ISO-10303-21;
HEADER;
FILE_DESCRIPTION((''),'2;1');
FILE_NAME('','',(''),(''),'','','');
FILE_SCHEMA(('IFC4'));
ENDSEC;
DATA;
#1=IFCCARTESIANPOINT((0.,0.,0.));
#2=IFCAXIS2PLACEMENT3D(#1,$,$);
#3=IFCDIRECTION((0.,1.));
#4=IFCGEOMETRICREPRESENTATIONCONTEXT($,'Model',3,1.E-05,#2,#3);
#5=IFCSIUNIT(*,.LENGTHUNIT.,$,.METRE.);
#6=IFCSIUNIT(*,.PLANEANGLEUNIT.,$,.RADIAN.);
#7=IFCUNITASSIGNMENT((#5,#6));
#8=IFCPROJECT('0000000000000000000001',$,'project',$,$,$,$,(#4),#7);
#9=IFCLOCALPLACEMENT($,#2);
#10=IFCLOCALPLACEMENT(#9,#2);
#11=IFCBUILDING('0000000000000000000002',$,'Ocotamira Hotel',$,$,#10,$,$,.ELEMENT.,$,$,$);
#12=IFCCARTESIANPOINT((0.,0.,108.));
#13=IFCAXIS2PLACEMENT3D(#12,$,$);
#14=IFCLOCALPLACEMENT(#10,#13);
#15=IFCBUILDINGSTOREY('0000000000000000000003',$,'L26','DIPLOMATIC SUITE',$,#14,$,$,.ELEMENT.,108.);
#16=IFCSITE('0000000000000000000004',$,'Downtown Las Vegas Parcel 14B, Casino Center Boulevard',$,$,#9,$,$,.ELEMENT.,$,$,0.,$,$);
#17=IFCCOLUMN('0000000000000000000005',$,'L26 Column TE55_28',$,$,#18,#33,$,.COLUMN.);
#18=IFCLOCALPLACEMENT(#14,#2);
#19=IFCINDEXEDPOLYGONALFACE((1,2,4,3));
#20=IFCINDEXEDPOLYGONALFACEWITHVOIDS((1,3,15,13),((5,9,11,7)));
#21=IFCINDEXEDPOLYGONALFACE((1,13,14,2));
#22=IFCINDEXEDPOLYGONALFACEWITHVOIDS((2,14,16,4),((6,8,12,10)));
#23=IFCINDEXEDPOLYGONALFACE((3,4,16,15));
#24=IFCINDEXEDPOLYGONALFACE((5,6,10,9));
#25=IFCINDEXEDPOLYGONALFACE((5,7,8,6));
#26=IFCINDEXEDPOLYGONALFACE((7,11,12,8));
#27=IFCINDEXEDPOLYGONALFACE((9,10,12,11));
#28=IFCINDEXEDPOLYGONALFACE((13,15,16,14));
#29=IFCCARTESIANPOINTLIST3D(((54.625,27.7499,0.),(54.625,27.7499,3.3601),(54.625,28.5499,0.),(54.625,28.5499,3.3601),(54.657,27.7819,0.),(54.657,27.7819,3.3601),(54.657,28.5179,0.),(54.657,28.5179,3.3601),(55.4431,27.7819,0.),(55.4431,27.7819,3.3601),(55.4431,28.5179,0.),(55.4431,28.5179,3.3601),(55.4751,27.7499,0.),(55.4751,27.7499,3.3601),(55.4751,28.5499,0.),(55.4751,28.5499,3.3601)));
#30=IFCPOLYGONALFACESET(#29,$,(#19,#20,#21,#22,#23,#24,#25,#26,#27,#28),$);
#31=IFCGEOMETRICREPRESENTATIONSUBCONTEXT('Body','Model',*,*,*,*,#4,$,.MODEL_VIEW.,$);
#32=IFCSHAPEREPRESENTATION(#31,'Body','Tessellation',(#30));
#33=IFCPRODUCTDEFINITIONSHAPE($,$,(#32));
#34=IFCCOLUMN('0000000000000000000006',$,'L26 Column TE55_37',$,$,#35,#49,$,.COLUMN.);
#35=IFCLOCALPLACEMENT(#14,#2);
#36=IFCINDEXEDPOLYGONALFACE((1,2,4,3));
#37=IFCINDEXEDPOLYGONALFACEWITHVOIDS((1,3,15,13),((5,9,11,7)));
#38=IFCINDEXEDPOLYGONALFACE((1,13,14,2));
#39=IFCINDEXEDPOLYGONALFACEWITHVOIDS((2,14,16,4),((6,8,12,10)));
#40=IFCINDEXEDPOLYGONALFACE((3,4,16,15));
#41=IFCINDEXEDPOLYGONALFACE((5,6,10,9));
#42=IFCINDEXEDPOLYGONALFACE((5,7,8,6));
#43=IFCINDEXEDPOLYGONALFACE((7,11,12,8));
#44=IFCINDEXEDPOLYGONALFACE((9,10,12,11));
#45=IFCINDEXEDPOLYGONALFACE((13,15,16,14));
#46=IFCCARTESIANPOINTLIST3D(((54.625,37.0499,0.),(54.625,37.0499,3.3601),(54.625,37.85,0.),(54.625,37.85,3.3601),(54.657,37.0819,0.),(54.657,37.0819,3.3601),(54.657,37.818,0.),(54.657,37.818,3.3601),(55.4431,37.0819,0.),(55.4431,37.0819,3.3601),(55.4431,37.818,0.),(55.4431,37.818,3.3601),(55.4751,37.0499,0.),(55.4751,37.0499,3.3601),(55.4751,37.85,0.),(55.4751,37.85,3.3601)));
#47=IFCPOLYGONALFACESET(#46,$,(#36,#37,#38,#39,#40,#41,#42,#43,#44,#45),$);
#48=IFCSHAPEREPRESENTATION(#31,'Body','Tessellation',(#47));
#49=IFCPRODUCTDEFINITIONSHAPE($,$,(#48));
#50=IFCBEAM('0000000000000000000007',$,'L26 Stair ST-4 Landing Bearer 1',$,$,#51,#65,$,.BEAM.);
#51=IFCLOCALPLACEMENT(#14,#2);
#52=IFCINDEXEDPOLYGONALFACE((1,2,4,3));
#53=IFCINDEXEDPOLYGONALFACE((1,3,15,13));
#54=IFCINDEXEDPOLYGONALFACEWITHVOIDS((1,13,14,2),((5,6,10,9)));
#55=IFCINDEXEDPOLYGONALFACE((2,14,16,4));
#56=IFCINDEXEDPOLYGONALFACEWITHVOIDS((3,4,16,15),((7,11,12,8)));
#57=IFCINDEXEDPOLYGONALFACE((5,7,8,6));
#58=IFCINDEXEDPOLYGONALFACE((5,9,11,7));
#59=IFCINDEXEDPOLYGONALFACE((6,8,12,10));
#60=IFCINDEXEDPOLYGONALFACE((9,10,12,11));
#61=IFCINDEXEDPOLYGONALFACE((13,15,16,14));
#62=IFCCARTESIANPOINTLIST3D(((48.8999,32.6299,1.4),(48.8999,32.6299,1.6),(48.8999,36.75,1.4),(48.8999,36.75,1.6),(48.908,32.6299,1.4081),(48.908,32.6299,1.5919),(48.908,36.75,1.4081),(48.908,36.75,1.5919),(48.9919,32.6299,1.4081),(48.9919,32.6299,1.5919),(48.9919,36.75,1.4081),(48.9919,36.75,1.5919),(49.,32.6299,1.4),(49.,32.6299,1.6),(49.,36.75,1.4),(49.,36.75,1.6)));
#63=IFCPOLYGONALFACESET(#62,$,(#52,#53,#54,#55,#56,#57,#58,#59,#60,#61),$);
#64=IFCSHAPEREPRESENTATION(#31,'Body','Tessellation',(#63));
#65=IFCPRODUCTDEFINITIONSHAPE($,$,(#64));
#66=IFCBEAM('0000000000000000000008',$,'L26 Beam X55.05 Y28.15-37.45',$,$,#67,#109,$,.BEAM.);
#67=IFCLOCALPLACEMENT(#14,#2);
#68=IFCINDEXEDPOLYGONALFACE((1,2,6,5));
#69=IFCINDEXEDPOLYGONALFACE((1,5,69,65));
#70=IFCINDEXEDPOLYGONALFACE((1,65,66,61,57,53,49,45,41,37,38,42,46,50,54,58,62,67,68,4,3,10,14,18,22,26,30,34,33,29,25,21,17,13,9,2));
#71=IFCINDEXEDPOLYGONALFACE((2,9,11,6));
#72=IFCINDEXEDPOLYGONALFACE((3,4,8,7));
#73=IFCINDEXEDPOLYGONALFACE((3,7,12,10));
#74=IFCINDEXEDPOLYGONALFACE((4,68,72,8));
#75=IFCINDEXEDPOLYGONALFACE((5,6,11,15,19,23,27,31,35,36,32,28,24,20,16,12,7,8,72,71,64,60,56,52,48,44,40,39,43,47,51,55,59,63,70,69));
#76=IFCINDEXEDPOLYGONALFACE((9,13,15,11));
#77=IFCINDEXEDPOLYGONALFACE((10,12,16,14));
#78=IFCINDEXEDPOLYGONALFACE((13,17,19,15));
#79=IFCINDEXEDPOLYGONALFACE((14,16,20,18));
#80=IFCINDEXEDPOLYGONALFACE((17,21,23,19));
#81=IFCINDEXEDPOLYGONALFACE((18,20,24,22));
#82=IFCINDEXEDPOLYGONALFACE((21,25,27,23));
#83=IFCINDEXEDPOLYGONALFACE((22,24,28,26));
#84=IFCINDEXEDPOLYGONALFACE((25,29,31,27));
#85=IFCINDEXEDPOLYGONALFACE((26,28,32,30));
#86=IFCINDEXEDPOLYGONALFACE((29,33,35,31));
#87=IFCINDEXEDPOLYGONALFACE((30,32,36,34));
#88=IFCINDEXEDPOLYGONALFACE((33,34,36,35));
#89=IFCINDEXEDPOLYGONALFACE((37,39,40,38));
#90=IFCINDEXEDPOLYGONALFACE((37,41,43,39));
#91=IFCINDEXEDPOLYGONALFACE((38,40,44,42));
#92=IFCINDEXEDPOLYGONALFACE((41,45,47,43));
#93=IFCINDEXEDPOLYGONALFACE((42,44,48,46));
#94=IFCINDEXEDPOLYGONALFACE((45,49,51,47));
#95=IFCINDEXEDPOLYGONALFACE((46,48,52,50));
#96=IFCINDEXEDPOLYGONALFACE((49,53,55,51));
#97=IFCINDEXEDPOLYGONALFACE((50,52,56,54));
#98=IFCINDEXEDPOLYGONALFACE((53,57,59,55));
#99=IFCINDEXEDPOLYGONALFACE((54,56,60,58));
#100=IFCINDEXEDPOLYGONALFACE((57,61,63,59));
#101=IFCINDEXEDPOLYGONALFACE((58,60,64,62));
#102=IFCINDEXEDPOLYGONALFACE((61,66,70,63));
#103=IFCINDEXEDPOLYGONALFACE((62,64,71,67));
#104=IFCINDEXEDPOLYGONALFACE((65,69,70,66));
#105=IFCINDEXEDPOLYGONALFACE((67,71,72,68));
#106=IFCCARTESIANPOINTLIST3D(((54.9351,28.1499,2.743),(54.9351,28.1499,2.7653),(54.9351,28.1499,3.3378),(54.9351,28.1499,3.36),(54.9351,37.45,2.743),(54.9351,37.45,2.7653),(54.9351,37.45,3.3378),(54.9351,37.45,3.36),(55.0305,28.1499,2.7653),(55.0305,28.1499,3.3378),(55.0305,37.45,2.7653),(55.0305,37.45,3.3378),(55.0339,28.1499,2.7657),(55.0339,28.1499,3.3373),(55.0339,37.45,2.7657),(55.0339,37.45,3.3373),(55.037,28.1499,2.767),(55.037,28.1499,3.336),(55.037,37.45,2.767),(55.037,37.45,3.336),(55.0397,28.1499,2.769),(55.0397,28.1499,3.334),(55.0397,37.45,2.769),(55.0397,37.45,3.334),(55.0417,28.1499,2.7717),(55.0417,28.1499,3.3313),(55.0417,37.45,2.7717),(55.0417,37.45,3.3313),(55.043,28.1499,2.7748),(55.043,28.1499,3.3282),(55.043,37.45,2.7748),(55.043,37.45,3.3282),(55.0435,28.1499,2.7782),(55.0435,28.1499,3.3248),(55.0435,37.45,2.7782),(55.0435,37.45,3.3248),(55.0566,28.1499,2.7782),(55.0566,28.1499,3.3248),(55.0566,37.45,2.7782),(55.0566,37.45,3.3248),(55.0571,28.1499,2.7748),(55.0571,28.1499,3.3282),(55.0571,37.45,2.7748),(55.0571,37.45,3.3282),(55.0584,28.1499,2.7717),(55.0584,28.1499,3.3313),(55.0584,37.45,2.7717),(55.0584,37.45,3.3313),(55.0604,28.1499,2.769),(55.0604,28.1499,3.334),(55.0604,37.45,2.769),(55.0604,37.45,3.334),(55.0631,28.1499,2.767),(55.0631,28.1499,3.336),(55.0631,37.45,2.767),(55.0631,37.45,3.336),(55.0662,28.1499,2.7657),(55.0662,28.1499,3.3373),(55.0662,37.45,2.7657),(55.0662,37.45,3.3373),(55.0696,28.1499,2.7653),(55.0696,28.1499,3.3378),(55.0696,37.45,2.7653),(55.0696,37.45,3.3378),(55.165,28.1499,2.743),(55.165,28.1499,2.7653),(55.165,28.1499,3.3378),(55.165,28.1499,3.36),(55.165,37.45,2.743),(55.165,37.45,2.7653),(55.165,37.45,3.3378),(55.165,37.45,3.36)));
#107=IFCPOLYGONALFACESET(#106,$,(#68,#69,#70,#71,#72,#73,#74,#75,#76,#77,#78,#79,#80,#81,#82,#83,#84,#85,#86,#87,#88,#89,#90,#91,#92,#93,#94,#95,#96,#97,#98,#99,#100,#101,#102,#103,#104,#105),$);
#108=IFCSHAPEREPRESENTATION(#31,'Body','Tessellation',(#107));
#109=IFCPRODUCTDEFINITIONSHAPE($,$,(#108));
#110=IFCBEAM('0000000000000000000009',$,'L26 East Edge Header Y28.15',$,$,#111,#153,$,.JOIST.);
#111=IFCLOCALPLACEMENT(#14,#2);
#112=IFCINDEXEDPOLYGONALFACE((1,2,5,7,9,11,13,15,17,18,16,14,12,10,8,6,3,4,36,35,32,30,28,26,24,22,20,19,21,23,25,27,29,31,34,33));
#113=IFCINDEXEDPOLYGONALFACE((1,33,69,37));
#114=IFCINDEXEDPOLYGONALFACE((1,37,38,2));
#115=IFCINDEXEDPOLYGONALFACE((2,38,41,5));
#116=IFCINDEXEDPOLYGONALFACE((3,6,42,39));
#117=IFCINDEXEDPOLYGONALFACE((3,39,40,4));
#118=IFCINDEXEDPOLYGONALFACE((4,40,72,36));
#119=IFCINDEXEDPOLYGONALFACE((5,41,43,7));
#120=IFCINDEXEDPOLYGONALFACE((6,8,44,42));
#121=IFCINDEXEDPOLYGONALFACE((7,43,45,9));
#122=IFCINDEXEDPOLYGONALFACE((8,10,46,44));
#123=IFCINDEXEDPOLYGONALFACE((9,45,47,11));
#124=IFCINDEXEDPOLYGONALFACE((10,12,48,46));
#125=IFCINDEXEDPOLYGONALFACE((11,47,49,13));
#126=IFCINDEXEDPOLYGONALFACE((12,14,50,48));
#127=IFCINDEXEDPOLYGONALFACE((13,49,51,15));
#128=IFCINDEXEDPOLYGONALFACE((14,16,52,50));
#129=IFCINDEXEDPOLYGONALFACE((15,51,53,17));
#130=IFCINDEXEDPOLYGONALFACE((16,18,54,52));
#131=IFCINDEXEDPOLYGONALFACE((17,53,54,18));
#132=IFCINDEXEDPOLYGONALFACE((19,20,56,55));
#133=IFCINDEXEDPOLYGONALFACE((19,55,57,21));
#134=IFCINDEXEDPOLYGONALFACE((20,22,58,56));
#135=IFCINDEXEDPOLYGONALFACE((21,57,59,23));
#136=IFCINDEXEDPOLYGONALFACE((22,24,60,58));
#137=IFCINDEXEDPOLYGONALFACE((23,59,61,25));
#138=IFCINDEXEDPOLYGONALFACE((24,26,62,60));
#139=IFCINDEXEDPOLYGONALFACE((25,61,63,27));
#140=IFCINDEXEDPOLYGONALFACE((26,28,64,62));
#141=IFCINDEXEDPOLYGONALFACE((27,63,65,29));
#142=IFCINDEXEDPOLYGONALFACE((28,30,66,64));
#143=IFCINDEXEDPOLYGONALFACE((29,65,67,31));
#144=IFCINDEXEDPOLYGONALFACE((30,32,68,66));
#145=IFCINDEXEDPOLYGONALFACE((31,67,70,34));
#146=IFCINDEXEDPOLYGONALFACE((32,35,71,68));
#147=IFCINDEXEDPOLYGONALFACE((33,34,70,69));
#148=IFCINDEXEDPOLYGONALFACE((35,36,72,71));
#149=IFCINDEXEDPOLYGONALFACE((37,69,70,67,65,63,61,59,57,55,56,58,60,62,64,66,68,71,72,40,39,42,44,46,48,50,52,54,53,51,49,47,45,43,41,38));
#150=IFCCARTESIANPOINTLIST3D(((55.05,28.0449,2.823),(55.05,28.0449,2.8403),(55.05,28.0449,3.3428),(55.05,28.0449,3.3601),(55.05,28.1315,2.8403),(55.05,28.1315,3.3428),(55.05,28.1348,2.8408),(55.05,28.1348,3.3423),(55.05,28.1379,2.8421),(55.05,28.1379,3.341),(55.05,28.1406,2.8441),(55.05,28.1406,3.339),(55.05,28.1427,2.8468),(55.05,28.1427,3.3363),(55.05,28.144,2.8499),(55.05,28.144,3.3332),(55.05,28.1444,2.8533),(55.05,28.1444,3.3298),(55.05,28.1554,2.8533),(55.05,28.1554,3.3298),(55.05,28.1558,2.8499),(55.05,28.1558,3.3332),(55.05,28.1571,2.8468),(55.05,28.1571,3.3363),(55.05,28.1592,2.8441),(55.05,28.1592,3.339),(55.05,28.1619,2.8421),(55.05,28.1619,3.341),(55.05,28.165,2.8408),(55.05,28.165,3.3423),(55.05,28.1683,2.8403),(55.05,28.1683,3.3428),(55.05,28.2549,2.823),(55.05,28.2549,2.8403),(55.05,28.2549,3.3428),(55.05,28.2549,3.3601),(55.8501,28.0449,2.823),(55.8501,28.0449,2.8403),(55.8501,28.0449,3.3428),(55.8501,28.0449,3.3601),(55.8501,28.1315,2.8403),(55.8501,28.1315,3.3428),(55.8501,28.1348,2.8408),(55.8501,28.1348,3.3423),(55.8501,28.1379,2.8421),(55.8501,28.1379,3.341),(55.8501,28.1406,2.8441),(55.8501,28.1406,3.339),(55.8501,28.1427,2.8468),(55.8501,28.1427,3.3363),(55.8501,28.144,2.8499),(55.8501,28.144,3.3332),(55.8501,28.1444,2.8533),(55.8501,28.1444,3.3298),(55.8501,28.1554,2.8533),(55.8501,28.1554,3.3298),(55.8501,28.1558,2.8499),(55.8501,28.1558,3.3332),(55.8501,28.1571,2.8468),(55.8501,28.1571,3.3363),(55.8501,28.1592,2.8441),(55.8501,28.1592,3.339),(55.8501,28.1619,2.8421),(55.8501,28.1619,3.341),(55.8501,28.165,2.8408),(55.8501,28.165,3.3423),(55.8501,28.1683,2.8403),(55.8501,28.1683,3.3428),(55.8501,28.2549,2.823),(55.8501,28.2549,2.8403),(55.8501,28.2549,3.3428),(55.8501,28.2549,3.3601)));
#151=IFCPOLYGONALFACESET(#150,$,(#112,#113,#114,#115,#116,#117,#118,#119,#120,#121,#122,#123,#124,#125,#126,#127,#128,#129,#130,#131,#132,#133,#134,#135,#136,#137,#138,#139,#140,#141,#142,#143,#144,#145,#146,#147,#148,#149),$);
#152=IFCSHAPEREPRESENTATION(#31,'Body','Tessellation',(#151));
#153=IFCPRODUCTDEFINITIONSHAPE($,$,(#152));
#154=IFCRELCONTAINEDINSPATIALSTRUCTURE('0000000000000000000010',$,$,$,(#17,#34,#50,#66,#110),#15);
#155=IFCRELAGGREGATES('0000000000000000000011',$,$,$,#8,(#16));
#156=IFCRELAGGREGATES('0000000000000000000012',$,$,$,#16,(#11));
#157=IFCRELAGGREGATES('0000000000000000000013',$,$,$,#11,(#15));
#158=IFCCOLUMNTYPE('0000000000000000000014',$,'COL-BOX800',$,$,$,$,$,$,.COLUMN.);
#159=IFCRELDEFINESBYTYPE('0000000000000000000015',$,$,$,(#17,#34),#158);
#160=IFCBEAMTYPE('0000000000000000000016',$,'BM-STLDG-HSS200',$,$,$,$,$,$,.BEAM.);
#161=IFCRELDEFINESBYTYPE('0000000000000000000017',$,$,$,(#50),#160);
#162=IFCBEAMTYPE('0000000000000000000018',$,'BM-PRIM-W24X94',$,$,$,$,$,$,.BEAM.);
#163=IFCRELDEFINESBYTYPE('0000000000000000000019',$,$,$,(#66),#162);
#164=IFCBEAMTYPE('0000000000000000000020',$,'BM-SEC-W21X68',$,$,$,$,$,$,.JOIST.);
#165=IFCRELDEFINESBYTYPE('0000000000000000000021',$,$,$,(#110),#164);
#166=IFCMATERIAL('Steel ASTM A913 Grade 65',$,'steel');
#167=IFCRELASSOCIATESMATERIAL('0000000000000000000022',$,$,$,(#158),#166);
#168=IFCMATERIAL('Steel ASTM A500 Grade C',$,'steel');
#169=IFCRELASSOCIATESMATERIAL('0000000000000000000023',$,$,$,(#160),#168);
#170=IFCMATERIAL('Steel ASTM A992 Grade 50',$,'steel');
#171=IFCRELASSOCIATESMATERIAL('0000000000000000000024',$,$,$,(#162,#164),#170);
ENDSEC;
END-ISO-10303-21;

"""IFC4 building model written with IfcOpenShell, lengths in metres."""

from ifc_helpers import new_model, si_unit, direction, frame, origin, origin_2d, place, context, subcontext, project, spatial, hollow_rectangle, i_section, extrude, source, transform, mapped, material, material_profile, profile_set, type_object, element, save


model = new_model("IFC4")

# Units and contexts
model_context = context("Model", 3, precision=1e-05, world=origin(), true_north=direction((0.0, 1.0)))
body_context = subcontext(model_context, "Body", "Model", "MODEL_VIEW")
ifc_project = project(units=[si_unit("LENGTHUNIT", "METRE"), si_unit("PLANEANGLEUNIT", "RADIAN")], contexts=[model_context])

# Site, building, storey
site_placement = place(None, origin())
site = spatial("IfcSite", under=ifc_project, at=site_placement, Name="Downtown Las Vegas Parcel 14B, Casino Center Boulevard", CompositionType="ELEMENT", RefElevation=0.0)
building_placement = place(site_placement, origin())
building = spatial("IfcBuilding", under=site, at=building_placement, Name="Ocotamira Hotel", CompositionType="ELEMENT")
storey_placement = place(building_placement, frame((0.0, 0.0, 108.0)))
storey = spatial("IfcBuildingStorey", under=building, at=storey_placement, Name="L26", Description="DIPLOMATIC SUITE", CompositionType="ELEMENT", Elevation=108.0)

# Columns
ifc_material_1 = material(Name="Steel ASTM A913 Grade 65", Category="steel")
ifc_material_profile_1 = material_profile(ifc_material_1, hollow_rectangle(XDim=0.8501, YDim=0.8, WallThickness=0.032, at=origin_2d()), Name="BOX800X850X32")
ifc_profile_set_1 = profile_set([ifc_material_profile_1], Name="Steel ASTM A913 Grade 65")
column_type = type_object("IfcColumnType", Name="COL-BOX800", PredefinedType="COLUMN", material=ifc_profile_set_1)
shared_shape_1 = source(origin(), body_context, "Body", "SweptSolid", [
    extrude(hollow_rectangle(XDim=0.8501, YDim=0.8, WallThickness=0.032, at=origin_2d()), origin(), (0.0, 0.0, 1.0), 3.3601),
])
for number, where, z_axis, x_axis, name in (
    (1, (55.05, 28.1499, 0.0), (0.0, 0.0, 1.0), (1.0, 0.0, 0.0), "L26 Column TE55_28"),
    (2, (55.05, 37.45, 0.0), (0.0, 0.0, 1.0), (1.0, 0.0, 0.0), "L26 Column TE55_37"),
):
    element("IfcColumn", number, at=place(storey_placement, frame(where, z_axis=z_axis, x_axis=x_axis)), inside=storey, type_object=column_type, Name=name, PredefinedType="COLUMN", context=body_context, shape_type="MappedRepresentation", body=[
        mapped(shared_shape_1, transform((0.0, 0.0, 0.0), scale=1.0)),
    ])

# Beams
ifc_material_2 = material(Name="Steel ASTM A500 Grade C", Category="steel")
ifc_material_profile_2 = material_profile(ifc_material_2, hollow_rectangle(XDim=0.1001, YDim=0.2, WallThickness=0.0081, at=origin_2d()), Name="HSS200X100X8")
ifc_profile_set_2 = profile_set([ifc_material_profile_2], Name="Steel ASTM A500 Grade C")
beam_type_1 = type_object("IfcBeamType", Name="BM-STLDG-HSS200", PredefinedType="BEAM", material=ifc_profile_set_2)
shared_shape_2 = source(origin(), body_context, "Body", "SweptSolid", [
    extrude(hollow_rectangle(XDim=0.1001, YDim=0.2, WallThickness=0.0081, at=origin_2d()), origin(), (0.0, 0.0, 1.0), 4.1201),
])
beam_1_placement = place(storey_placement, frame((48.95, 32.6299, 1.5), z_axis=(0.0, 1.0, 0.0), x_axis=(-1.0, 0.0, 0.0)))
element("IfcBeam", 3, at=beam_1_placement, inside=storey, type_object=beam_type_1, Name="L26 Stair ST-4 Landing Bearer 1", PredefinedType="BEAM", context=body_context, shape_type="MappedRepresentation", body=[
    mapped(shared_shape_2, transform((0.0, 0.0, 0.0), scale=1.0)),
])
ifc_material_3 = material(Name="Steel ASTM A992 Grade 50", Category="steel")
ifc_material_profile_3 = material_profile(ifc_material_3, i_section(OverallWidth=0.23, OverallDepth=0.6169, WebThickness=0.0132, FlangeThickness=0.0222, FilletRadius=0.0129, at=origin_2d()), Name="W24X94")
ifc_profile_set_3 = profile_set([ifc_material_profile_3], Name="Steel ASTM A992 Grade 50")
beam_type_2 = type_object("IfcBeamType", Name="BM-PRIM-W24X94", PredefinedType="BEAM", material=ifc_profile_set_3)
shared_shape_3 = source(origin(), body_context, "Body", "SweptSolid", [
    extrude(i_section(OverallWidth=0.23, OverallDepth=0.6169, WebThickness=0.0132, FlangeThickness=0.0222, FilletRadius=0.0129, at=origin_2d()), origin(), (0.0, 0.0, 1.0), 9.3),
])
beam_2_placement = place(storey_placement, frame((55.05, 28.1499, 3.0515), z_axis=(0.0, 1.0, 0.0), x_axis=(-1.0, 0.0, 0.0)))
element("IfcBeam", 4, at=beam_2_placement, inside=storey, type_object=beam_type_2, Name="L26 Beam X55.05 Y28.15-37.45", PredefinedType="BEAM", context=body_context, shape_type="MappedRepresentation", body=[
    mapped(shared_shape_3, transform((0.0, 0.0, 0.0), scale=1.0)),
])
ifc_material_profile_4 = material_profile(ifc_material_3, i_section(OverallWidth=0.21, OverallDepth=0.5371, WebThickness=0.011, FlangeThickness=0.0173, FilletRadius=0.0129, at=origin_2d()), Name="W21X68")
ifc_profile_set_4 = profile_set([ifc_material_profile_4], Name="Steel ASTM A992 Grade 50")
beam_type_3 = type_object("IfcBeamType", Name="BM-SEC-W21X68", PredefinedType="JOIST", material=ifc_profile_set_4)
shared_shape_4 = source(origin(), body_context, "Body", "SweptSolid", [
    extrude(i_section(OverallWidth=0.21, OverallDepth=0.5371, WebThickness=0.011, FlangeThickness=0.0173, FilletRadius=0.0129, at=origin_2d()), origin(), (0.0, 0.0, 1.0), 0.8),
])
for number, where, z_axis, x_axis, name in (
    (5, (55.05, 28.1499, 3.0916), (1.0, 0.0, 0.0), (0.0, 1.0, 0.0), "L26 East Edge Header Y28.15"),
):
    element("IfcBeam", number, at=place(storey_placement, frame(where, z_axis=z_axis, x_axis=x_axis)), inside=storey, type_object=beam_type_3, Name=name, PredefinedType="JOIST", context=body_context, shape_type="MappedRepresentation", body=[
        mapped(shared_shape_4, transform((0.0, 0.0, 0.0), scale=1.0)),
    ])

save(model, "model.ifc")
